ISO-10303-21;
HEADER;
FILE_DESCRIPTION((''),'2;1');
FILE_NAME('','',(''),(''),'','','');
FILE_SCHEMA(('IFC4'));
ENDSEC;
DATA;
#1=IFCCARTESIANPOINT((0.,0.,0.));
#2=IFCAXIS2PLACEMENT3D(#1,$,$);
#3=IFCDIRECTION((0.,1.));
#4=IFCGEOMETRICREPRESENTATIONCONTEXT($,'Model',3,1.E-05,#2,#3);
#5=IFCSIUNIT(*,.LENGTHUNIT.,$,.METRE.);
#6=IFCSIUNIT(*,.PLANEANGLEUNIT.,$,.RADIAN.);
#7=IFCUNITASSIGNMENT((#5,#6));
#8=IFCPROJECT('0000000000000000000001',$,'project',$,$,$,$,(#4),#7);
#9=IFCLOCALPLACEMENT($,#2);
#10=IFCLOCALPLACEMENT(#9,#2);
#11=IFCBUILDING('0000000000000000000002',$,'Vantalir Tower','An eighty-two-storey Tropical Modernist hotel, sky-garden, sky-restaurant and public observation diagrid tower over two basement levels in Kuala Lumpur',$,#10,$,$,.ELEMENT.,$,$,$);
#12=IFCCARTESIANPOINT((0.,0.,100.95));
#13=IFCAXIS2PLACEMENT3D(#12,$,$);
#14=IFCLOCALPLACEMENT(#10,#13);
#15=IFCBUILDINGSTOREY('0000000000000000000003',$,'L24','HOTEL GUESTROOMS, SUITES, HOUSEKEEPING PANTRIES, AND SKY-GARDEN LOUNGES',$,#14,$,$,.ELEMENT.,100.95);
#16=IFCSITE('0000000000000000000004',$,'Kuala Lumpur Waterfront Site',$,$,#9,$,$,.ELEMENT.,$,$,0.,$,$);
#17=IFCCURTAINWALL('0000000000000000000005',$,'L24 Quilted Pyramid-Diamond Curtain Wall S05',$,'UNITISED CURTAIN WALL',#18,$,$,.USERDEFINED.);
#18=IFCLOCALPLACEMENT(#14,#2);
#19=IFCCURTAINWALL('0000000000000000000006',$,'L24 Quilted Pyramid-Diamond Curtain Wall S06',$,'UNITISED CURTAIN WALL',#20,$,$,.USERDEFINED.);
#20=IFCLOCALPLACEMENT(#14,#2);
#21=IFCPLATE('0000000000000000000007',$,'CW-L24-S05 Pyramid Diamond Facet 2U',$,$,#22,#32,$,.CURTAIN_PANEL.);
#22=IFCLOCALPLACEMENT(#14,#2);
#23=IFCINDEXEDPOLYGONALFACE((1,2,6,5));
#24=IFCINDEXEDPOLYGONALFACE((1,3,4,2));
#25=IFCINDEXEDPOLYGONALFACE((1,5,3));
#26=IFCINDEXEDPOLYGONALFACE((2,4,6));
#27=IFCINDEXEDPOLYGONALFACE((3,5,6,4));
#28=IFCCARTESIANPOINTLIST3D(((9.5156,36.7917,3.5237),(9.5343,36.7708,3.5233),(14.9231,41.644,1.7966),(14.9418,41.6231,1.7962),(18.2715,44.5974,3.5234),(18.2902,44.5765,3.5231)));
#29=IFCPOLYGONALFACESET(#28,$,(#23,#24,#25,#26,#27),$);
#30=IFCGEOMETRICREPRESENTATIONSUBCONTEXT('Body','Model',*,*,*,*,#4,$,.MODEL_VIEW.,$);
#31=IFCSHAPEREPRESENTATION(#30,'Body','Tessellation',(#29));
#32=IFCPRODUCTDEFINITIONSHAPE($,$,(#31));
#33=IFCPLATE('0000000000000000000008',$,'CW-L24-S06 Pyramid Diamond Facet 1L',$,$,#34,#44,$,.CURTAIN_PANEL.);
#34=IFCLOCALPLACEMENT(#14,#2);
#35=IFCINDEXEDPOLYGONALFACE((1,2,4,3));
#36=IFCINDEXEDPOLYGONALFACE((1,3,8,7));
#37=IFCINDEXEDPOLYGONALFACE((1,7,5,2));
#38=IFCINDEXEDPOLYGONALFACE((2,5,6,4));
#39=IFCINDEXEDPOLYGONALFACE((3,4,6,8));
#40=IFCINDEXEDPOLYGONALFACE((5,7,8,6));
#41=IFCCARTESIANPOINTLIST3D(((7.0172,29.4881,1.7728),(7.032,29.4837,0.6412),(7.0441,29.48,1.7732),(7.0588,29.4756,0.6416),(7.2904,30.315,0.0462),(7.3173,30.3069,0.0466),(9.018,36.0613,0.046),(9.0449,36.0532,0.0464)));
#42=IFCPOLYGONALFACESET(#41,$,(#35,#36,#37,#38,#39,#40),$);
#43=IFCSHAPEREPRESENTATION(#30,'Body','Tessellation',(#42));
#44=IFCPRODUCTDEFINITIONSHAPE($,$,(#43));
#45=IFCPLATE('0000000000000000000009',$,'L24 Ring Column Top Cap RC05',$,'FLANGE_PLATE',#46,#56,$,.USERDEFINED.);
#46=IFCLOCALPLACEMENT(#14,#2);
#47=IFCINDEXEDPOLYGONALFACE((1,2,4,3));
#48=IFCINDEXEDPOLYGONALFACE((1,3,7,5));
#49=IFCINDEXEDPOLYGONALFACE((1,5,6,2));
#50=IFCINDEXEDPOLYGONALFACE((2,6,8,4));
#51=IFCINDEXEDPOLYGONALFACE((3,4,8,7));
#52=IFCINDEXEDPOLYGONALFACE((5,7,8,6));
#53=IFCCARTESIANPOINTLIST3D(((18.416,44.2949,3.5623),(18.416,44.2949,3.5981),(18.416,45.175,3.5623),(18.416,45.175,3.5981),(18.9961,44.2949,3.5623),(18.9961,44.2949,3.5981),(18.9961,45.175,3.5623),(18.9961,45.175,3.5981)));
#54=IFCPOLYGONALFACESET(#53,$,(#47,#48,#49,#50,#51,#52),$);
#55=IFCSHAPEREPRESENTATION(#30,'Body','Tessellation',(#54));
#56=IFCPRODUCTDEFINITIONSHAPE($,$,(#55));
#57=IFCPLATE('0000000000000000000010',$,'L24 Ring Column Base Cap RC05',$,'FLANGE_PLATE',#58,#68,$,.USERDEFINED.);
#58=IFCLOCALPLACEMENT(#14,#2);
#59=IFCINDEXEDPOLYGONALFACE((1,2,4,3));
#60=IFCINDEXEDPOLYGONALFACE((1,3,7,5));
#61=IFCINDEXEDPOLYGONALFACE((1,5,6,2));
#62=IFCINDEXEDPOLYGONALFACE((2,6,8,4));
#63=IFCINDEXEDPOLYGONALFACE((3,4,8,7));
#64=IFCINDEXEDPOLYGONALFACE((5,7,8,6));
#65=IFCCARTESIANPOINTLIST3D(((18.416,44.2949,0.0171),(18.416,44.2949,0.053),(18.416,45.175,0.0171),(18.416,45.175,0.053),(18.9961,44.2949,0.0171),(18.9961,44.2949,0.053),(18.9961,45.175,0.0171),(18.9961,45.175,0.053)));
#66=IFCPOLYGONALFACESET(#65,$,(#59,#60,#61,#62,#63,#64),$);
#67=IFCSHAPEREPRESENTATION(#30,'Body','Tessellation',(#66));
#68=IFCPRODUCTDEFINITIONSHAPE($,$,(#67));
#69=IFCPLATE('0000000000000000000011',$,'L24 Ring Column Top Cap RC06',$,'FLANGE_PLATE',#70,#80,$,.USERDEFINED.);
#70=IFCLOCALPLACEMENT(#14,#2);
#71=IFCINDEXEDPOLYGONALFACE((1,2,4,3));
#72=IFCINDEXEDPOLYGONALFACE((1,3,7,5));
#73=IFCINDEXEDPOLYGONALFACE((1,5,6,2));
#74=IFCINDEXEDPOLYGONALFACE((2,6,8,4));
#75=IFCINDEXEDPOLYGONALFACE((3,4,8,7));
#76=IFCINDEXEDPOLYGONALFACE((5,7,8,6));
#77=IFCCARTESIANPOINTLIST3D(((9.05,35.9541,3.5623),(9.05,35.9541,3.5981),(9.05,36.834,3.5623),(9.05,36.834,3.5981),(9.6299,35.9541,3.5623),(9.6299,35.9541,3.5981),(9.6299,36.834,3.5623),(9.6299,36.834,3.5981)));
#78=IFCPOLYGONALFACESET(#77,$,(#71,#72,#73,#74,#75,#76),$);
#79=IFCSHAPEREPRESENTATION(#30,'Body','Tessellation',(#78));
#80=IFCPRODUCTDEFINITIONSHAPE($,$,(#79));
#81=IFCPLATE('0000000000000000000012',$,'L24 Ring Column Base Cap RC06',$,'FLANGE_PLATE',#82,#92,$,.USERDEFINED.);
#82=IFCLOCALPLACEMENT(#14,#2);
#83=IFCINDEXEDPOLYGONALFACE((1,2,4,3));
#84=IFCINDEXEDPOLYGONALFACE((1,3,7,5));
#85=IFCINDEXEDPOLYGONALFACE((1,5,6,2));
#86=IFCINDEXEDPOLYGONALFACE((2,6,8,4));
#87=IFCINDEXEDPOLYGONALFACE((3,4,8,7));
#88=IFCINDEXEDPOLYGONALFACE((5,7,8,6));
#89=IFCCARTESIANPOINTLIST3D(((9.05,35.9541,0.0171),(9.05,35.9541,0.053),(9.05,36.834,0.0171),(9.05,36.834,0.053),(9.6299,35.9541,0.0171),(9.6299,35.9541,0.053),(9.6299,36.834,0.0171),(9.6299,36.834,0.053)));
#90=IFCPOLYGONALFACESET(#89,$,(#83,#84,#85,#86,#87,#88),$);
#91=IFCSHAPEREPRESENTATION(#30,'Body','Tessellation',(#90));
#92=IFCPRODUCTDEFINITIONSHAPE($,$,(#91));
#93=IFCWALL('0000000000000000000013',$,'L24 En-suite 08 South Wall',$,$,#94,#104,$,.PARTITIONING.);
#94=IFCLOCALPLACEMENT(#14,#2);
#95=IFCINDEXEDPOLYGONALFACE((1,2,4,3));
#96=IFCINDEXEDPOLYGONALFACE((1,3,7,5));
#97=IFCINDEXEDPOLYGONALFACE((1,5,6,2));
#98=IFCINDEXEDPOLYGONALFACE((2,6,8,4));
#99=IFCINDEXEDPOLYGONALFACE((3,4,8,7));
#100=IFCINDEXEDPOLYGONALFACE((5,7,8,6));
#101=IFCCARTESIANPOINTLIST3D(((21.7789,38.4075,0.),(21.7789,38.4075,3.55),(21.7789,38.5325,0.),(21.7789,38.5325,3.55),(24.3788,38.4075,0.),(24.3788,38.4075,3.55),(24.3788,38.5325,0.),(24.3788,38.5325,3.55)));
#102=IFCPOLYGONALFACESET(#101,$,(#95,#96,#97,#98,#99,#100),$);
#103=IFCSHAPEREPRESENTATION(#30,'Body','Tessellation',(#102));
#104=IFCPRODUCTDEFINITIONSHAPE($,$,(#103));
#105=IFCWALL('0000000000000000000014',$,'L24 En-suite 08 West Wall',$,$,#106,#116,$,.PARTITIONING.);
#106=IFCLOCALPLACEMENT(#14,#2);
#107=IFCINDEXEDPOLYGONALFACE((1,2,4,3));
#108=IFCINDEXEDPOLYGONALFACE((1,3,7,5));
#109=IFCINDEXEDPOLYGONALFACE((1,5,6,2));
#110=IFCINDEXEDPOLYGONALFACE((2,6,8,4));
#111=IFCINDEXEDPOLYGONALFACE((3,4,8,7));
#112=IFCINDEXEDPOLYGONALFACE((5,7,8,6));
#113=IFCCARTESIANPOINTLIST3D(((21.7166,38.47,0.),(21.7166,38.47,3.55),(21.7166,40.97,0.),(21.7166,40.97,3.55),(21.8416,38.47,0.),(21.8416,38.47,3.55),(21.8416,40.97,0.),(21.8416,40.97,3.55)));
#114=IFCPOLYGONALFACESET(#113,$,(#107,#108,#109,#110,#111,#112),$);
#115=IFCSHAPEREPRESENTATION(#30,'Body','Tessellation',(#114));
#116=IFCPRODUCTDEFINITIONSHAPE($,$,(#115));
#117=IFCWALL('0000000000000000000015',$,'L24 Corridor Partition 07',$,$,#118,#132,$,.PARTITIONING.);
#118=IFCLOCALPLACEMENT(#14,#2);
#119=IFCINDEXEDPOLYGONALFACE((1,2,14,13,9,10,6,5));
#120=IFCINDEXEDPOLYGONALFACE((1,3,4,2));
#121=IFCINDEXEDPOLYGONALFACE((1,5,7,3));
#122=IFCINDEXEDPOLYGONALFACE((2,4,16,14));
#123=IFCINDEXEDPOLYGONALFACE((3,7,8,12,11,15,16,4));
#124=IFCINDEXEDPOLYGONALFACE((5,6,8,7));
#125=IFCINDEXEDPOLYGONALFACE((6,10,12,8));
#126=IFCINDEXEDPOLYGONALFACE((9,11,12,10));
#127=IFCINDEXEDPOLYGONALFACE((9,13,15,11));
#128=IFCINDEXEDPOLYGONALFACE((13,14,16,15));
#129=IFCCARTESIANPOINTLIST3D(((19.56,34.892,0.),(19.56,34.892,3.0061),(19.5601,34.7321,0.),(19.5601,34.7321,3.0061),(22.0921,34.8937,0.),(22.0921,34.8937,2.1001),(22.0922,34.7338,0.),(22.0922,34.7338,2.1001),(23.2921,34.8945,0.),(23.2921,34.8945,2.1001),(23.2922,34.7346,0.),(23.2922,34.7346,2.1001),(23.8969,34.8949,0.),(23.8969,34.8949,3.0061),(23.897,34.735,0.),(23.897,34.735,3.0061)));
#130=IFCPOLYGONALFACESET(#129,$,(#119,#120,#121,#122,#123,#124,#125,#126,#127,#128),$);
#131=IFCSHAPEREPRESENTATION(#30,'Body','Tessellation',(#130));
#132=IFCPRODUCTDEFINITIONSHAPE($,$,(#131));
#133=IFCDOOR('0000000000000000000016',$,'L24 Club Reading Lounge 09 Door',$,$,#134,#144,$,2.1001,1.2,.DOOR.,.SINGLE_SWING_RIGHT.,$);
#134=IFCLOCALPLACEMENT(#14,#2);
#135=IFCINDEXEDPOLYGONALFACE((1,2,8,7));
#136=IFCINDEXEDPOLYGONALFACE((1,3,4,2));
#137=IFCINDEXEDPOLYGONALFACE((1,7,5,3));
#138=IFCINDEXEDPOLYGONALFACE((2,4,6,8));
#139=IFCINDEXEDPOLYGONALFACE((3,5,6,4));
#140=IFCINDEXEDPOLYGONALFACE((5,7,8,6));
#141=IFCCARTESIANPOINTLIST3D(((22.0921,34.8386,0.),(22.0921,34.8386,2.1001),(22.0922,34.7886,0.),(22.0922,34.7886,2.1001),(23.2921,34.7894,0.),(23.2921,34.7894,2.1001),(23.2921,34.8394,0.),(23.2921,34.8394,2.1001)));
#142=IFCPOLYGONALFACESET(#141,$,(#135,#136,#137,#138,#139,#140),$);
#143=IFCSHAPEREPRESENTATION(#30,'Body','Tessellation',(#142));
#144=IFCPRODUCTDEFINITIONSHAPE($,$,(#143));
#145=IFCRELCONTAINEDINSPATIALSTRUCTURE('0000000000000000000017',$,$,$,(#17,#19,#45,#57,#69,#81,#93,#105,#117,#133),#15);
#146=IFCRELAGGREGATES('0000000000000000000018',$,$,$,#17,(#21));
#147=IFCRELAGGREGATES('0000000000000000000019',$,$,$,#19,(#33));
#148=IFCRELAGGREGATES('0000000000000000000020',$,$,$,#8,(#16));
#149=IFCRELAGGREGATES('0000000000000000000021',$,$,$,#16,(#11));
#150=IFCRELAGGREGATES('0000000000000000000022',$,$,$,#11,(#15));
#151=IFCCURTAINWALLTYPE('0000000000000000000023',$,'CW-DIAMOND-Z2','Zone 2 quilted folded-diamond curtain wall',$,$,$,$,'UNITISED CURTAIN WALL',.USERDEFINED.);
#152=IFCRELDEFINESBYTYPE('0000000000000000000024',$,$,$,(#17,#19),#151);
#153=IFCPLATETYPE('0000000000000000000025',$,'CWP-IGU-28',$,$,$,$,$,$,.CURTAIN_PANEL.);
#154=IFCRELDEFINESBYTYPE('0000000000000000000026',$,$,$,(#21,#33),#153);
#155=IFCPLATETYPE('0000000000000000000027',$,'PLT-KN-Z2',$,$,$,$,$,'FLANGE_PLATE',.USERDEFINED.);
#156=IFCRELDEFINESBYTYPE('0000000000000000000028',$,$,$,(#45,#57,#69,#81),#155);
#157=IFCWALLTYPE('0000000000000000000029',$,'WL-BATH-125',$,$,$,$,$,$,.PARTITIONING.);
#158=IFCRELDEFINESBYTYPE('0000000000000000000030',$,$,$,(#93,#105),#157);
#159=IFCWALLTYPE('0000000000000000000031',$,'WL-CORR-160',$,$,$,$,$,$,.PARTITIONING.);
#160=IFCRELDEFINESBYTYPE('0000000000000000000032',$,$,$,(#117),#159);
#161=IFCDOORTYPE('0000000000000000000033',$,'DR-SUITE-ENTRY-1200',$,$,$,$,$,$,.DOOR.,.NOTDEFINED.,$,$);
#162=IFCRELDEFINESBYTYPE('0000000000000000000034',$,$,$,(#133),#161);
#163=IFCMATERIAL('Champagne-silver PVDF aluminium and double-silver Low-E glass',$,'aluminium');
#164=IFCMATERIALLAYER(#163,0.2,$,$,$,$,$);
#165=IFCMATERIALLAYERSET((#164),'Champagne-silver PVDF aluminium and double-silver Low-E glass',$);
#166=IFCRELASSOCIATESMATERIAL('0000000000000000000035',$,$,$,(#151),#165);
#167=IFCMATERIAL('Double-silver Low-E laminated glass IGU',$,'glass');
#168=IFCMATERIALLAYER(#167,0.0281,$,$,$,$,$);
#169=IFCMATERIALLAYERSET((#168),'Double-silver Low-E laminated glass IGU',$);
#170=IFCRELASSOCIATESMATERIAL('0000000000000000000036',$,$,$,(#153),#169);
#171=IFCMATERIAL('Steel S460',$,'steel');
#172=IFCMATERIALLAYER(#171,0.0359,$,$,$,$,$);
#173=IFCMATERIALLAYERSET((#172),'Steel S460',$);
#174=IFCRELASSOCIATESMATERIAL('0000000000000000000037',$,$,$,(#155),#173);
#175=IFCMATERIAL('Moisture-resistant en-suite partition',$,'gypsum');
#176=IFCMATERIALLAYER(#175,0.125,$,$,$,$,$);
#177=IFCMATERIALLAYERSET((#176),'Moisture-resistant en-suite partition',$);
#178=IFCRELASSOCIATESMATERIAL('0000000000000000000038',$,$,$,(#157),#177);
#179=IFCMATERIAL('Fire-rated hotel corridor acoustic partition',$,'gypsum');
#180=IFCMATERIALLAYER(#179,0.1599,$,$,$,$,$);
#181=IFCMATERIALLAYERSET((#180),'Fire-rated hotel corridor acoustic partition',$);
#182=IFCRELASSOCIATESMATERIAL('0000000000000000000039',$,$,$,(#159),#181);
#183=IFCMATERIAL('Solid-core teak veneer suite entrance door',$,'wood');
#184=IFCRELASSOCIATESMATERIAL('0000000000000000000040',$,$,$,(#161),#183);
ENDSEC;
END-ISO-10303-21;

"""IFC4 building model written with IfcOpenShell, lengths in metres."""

from ifc_helpers import new_model, si_unit, direction, frame, frame_2d, origin, place, context, subcontext, project, spatial, polyline, rectangle, outline, extrude, material, layer, layer_set, type_object, element, fill, aggregate, save


model = new_model("IFC4")

# Units and contexts
model_context = context("Model", 3, precision=1e-05, world=origin(), true_north=direction((0.0, 1.0)))
body_context = subcontext(model_context, "Body", "Model", "MODEL_VIEW")
ifc_project = project(units=[si_unit("LENGTHUNIT", "METRE"), si_unit("PLANEANGLEUNIT", "RADIAN")], contexts=[model_context])

# Site, building, storey
site_placement = place(None, origin())
site = spatial("IfcSite", under=ifc_project, at=site_placement, Name="Kuala Lumpur Waterfront Site", CompositionType="ELEMENT", RefElevation=0.0)
building_placement = place(site_placement, origin())
building = spatial("IfcBuilding", under=site, at=building_placement, Name="Vantalir Tower", Description="An eighty-two-storey Tropical Modernist hotel, sky-garden, sky-restaurant and public observation diagrid tower over two basement levels in Kuala Lumpur", CompositionType="ELEMENT")
storey_placement = place(building_placement, frame((0.0, 0.0, 100.95)))
storey = spatial("IfcBuildingStorey", under=building, at=storey_placement, Name="L24", Description="HOTEL GUESTROOMS, SUITES, HOUSEKEEPING PANTRIES, AND SKY-GARDEN LOUNGES", CompositionType="ELEMENT", Elevation=100.95)

# Shared definitions
ifc_material_1 = material(Name="Steel S460", Category="steel")

# Shared definitions
ifc_material_2 = material(Name="Champagne-silver PVDF aluminium and double-silver Low-E glass", Category="aluminium")
ifc_layer_1 = layer(ifc_material_2, 0.2)
ifc_layer_set_1 = layer_set([ifc_layer_1], Name="Champagne-silver PVDF aluminium and double-silver Low-E glass")
curtain_wall_type = type_object("IfcCurtainWallType", Name="CW-DIAMOND-Z2", Description="Zone 2 quilted folded-diamond curtain wall", ElementType="UNITISED CURTAIN WALL", PredefinedType="USERDEFINED", material=ifc_layer_set_1)

# Curtain wall
curtain_wall_1_placement = place(storey_placement, origin())
curtain_wall_1 = element("IfcCurtainWall", 1, at=curtain_wall_1_placement, inside=storey, type_object=curtain_wall_type, Name="L24 Quilted Pyramid-Diamond Curtain Wall S05", ObjectType="UNITISED CURTAIN WALL", PredefinedType="USERDEFINED")

# Curtain wall
curtain_wall_2_placement = place(storey_placement, origin())
curtain_wall_2 = element("IfcCurtainWall", 2, at=curtain_wall_2_placement, inside=storey, type_object=curtain_wall_type, Name="L24 Quilted Pyramid-Diamond Curtain Wall S06", ObjectType="UNITISED CURTAIN WALL", PredefinedType="USERDEFINED")

# Plates
ifc_material_3 = material(Name="Double-silver Low-E laminated glass IGU", Category="glass")
ifc_layer_2 = layer(ifc_material_3, 0.0281)
ifc_layer_set_2 = layer_set([ifc_layer_2], Name="Double-silver Low-E laminated glass IGU")
plate_type_1 = type_object("IfcPlateType", Name="CWP-IGU-28", PredefinedType="CURTAIN_PANEL", material=ifc_layer_set_2)
plate_1_placement = place(storey_placement, frame((9.5156, 36.7917, 3.5237), z_axis=(-0.665381, 0.746379, 0.013679), x_axis=(0.746449, 0.665443, -0.000021)))
plate_1 = element("IfcPlate", 3, at=plate_1_placement, type_object=plate_type_1, Name="CW-L24-S05 Pyramid Diamond Facet 2U", PredefinedType="CURTAIN_PANEL", context=body_context, shape_type="SweptSolid", body=[
    extrude(outline(polyline([(0.0, 0.0), (11.73, 0.0), (7.2654, 1.7271), (0.0, 0.0)])), origin(), (0.0, 0.0, -1.0), 0.0281),
])
aggregate(curtain_wall_1, [plate_1])
plate_2_placement = place(storey_placement, frame((9.0449, 36.0532, 0.0464), z_axis=(0.957564, -0.287898, 0.013632), x_axis=(-0.287925, -0.957653, 0.00004)))
plate_2 = element("IfcPlate", 4, at=plate_2_placement, type_object=plate_type_1, Name="CW-L24-S06 Pyramid Diamond Facet 1L", PredefinedType="CURTAIN_PANEL", context=body_context, shape_type="SweptSolid", body=[
    extrude(outline(polyline([(0.0, 0.0), (6.0004, 0.0), (6.871, -0.595), (6.871, -1.7267), (0.0, 0.0)])), origin(), (0.0, 0.0, -1.0), 0.0281),
])
aggregate(curtain_wall_2, [plate_2])

# Plates
ifc_layer_3 = layer(ifc_material_1, 0.0359)
ifc_layer_set_3 = layer_set([ifc_layer_3], Name="Steel S460")
plate_type_2 = type_object("IfcPlateType", Name="PLT-KN-Z2", ElementType="FLANGE_PLATE", PredefinedType="USERDEFINED", material=ifc_layer_set_3)
for number, where, z_axis, x_axis, name in (
    (5, (18.416, 45.175, 3.5981), (0.0, 0.0, 1.0), (0.0, -1.0, 0.0), "L24 Ring Column Top Cap RC05"),
    (6, (18.416, 45.175, 0.053), (0.0, 0.0, 1.0), (0.0, -1.0, 0.0), "L24 Ring Column Base Cap RC05"),
):
    element("IfcPlate", number, at=place(storey_placement, frame(where, z_axis=z_axis, x_axis=x_axis)), inside=storey, type_object=plate_type_2, Name=name, ObjectType="FLANGE_PLATE", PredefinedType="USERDEFINED", context=body_context, shape_type="SweptSolid", body=[
        extrude(outline(polyline([(0.0, 0.0), (0.8801, 0.0), (0.8801, 0.5801), (0.0, 0.5801), (0.0, 0.0)])), origin(), (0.0, 0.0, -1.0), 0.0359),
    ])
for number, where, z_axis, x_axis, name in (
    (7, (9.05, 36.834, 3.5981), (0.0, 0.0, 1.0), (0.0, -1.0, 0.0), "L24 Ring Column Top Cap RC06"),
    (8, (9.05, 36.834, 0.053), (0.0, 0.0, 1.0), (0.0, -1.0, 0.0), "L24 Ring Column Base Cap RC06"),
):
    element("IfcPlate", number, at=place(storey_placement, frame(where, z_axis=z_axis, x_axis=x_axis)), inside=storey, type_object=plate_type_2, Name=name, ObjectType="FLANGE_PLATE", PredefinedType="USERDEFINED", context=body_context, shape_type="SweptSolid", body=[
        extrude(outline(polyline([(0.0, 0.0), (0.8799, 0.0), (0.8799, 0.5798), (0.0, 0.5798), (0.0, 0.0)])), origin(), (0.0, 0.0, -1.0), 0.0359),
    ])

# Walls
ifc_material_4 = material(Name="Moisture-resistant en-suite partition", Category="gypsum")
ifc_layer_4 = layer(ifc_material_4, 0.125)
ifc_layer_set_4 = layer_set([ifc_layer_4], Name="Moisture-resistant en-suite partition")
wall_type_1 = type_object("IfcWallType", Name="WL-BATH-125", PredefinedType="PARTITIONING", material=ifc_layer_set_4)
wall_1_placement = place(storey_placement, frame((21.7791, 38.47, 0.0), z_axis=(0.0, 0.0, 1.0), x_axis=(1.0, 0.0, 0.0)))
element("IfcWall", 9, at=wall_1_placement, inside=storey, type_object=wall_type_1, Name="L24 En-suite 08 South Wall", PredefinedType="PARTITIONING", context=body_context, shape_type="SweptSolid", body=[
    extrude(rectangle(XDim=2.5999, YDim=0.125, at=frame_2d((1.2998, 0.0))), origin(), (0.0, 0.0, 1.0), 3.55),
])
wall_2_placement = place(storey_placement, frame((21.7791, 38.47, 0.0), z_axis=(0.0, 0.0, 1.0), x_axis=(0.0, 1.0, 0.0)))
element("IfcWall", 10, at=wall_2_placement, inside=storey, type_object=wall_type_1, Name="L24 En-suite 08 West Wall", PredefinedType="PARTITIONING", context=body_context, shape_type="SweptSolid", body=[
    extrude(rectangle(XDim=2.5, YDim=0.125, at=frame_2d((1.25, 0.0))), origin(), (0.0, 0.0, 1.0), 3.55),
])

# Wall, opening, door
ifc_material_5 = material(Name="Fire-rated hotel corridor acoustic partition", Category="gypsum")
ifc_layer_5 = layer(ifc_material_5, 0.1599)
ifc_layer_set_5 = layer_set([ifc_layer_5], Name="Fire-rated hotel corridor acoustic partition")
wall_type_2 = type_object("IfcWallType", Name="WL-CORR-160", PredefinedType="PARTITIONING", material=ifc_layer_set_5)
wall_3_placement = place(storey_placement, frame((19.5601, 34.812, 0.0), z_axis=(0.0, 0.0, 1.0), x_axis=(1.0, 0.000676, 0.0)))
wall_3 = element("IfcWall", 11, at=wall_3_placement, inside=storey, type_object=wall_type_2, Name="L24 Corridor Partition 07", PredefinedType="PARTITIONING", context=body_context, shape_type="SweptSolid", body=[
    extrude(rectangle(XDim=4.3369, YDim=0.1599, at=frame_2d((2.1685, 0.0))), origin(), (0.0, 0.0, 1.0), 3.0061),
])
opening_placement = place(wall_3_placement, frame((2.532, 0.0, 0.0)))
opening = element("IfcOpeningElement", 12, at=opening_placement, cuts=wall_3, PredefinedType="OPENING", context=body_context, shape_type="SweptSolid", body=[
    extrude(rectangle(XDim=1.2, YDim=2.1001, at=frame_2d((0.6001, 1.05))), frame((0.0, 0.0898, 0.0), z_axis=(0.0, -1.0, 0.0), x_axis=(1.0, 0.0, 0.0)), (0.0, 0.0, 1.0), 0.1799),
])
ifc_material_6 = material(Name="Solid-core teak veneer suite entrance door", Category="wood")
door_type = type_object("IfcDoorType", Name="DR-SUITE-ENTRY-1200", OperationType="NOTDEFINED", PredefinedType="DOOR", material=ifc_material_6)
door_placement = place(opening_placement, origin())
door = element("IfcDoor", 13, at=door_placement, inside=storey, type_object=door_type, Name="L24 Club Reading Lounge 09 Door", OperationType="SINGLE_SWING_RIGHT", OverallHeight=2.1001, OverallWidth=1.2, PredefinedType="DOOR", context=body_context, shape_type="SweptSolid", body=[
    extrude(rectangle(XDim=1.2, YDim=2.1001, at=frame_2d((0.6001, 1.05))), frame((0.0, 0.0249, 0.0), z_axis=(0.0, -1.0, 0.0), x_axis=(1.0, 0.0, 0.0)), (0.0, 0.0, 1.0), 0.05),
])
fill(opening, door)

save(model, "model.ifc")
